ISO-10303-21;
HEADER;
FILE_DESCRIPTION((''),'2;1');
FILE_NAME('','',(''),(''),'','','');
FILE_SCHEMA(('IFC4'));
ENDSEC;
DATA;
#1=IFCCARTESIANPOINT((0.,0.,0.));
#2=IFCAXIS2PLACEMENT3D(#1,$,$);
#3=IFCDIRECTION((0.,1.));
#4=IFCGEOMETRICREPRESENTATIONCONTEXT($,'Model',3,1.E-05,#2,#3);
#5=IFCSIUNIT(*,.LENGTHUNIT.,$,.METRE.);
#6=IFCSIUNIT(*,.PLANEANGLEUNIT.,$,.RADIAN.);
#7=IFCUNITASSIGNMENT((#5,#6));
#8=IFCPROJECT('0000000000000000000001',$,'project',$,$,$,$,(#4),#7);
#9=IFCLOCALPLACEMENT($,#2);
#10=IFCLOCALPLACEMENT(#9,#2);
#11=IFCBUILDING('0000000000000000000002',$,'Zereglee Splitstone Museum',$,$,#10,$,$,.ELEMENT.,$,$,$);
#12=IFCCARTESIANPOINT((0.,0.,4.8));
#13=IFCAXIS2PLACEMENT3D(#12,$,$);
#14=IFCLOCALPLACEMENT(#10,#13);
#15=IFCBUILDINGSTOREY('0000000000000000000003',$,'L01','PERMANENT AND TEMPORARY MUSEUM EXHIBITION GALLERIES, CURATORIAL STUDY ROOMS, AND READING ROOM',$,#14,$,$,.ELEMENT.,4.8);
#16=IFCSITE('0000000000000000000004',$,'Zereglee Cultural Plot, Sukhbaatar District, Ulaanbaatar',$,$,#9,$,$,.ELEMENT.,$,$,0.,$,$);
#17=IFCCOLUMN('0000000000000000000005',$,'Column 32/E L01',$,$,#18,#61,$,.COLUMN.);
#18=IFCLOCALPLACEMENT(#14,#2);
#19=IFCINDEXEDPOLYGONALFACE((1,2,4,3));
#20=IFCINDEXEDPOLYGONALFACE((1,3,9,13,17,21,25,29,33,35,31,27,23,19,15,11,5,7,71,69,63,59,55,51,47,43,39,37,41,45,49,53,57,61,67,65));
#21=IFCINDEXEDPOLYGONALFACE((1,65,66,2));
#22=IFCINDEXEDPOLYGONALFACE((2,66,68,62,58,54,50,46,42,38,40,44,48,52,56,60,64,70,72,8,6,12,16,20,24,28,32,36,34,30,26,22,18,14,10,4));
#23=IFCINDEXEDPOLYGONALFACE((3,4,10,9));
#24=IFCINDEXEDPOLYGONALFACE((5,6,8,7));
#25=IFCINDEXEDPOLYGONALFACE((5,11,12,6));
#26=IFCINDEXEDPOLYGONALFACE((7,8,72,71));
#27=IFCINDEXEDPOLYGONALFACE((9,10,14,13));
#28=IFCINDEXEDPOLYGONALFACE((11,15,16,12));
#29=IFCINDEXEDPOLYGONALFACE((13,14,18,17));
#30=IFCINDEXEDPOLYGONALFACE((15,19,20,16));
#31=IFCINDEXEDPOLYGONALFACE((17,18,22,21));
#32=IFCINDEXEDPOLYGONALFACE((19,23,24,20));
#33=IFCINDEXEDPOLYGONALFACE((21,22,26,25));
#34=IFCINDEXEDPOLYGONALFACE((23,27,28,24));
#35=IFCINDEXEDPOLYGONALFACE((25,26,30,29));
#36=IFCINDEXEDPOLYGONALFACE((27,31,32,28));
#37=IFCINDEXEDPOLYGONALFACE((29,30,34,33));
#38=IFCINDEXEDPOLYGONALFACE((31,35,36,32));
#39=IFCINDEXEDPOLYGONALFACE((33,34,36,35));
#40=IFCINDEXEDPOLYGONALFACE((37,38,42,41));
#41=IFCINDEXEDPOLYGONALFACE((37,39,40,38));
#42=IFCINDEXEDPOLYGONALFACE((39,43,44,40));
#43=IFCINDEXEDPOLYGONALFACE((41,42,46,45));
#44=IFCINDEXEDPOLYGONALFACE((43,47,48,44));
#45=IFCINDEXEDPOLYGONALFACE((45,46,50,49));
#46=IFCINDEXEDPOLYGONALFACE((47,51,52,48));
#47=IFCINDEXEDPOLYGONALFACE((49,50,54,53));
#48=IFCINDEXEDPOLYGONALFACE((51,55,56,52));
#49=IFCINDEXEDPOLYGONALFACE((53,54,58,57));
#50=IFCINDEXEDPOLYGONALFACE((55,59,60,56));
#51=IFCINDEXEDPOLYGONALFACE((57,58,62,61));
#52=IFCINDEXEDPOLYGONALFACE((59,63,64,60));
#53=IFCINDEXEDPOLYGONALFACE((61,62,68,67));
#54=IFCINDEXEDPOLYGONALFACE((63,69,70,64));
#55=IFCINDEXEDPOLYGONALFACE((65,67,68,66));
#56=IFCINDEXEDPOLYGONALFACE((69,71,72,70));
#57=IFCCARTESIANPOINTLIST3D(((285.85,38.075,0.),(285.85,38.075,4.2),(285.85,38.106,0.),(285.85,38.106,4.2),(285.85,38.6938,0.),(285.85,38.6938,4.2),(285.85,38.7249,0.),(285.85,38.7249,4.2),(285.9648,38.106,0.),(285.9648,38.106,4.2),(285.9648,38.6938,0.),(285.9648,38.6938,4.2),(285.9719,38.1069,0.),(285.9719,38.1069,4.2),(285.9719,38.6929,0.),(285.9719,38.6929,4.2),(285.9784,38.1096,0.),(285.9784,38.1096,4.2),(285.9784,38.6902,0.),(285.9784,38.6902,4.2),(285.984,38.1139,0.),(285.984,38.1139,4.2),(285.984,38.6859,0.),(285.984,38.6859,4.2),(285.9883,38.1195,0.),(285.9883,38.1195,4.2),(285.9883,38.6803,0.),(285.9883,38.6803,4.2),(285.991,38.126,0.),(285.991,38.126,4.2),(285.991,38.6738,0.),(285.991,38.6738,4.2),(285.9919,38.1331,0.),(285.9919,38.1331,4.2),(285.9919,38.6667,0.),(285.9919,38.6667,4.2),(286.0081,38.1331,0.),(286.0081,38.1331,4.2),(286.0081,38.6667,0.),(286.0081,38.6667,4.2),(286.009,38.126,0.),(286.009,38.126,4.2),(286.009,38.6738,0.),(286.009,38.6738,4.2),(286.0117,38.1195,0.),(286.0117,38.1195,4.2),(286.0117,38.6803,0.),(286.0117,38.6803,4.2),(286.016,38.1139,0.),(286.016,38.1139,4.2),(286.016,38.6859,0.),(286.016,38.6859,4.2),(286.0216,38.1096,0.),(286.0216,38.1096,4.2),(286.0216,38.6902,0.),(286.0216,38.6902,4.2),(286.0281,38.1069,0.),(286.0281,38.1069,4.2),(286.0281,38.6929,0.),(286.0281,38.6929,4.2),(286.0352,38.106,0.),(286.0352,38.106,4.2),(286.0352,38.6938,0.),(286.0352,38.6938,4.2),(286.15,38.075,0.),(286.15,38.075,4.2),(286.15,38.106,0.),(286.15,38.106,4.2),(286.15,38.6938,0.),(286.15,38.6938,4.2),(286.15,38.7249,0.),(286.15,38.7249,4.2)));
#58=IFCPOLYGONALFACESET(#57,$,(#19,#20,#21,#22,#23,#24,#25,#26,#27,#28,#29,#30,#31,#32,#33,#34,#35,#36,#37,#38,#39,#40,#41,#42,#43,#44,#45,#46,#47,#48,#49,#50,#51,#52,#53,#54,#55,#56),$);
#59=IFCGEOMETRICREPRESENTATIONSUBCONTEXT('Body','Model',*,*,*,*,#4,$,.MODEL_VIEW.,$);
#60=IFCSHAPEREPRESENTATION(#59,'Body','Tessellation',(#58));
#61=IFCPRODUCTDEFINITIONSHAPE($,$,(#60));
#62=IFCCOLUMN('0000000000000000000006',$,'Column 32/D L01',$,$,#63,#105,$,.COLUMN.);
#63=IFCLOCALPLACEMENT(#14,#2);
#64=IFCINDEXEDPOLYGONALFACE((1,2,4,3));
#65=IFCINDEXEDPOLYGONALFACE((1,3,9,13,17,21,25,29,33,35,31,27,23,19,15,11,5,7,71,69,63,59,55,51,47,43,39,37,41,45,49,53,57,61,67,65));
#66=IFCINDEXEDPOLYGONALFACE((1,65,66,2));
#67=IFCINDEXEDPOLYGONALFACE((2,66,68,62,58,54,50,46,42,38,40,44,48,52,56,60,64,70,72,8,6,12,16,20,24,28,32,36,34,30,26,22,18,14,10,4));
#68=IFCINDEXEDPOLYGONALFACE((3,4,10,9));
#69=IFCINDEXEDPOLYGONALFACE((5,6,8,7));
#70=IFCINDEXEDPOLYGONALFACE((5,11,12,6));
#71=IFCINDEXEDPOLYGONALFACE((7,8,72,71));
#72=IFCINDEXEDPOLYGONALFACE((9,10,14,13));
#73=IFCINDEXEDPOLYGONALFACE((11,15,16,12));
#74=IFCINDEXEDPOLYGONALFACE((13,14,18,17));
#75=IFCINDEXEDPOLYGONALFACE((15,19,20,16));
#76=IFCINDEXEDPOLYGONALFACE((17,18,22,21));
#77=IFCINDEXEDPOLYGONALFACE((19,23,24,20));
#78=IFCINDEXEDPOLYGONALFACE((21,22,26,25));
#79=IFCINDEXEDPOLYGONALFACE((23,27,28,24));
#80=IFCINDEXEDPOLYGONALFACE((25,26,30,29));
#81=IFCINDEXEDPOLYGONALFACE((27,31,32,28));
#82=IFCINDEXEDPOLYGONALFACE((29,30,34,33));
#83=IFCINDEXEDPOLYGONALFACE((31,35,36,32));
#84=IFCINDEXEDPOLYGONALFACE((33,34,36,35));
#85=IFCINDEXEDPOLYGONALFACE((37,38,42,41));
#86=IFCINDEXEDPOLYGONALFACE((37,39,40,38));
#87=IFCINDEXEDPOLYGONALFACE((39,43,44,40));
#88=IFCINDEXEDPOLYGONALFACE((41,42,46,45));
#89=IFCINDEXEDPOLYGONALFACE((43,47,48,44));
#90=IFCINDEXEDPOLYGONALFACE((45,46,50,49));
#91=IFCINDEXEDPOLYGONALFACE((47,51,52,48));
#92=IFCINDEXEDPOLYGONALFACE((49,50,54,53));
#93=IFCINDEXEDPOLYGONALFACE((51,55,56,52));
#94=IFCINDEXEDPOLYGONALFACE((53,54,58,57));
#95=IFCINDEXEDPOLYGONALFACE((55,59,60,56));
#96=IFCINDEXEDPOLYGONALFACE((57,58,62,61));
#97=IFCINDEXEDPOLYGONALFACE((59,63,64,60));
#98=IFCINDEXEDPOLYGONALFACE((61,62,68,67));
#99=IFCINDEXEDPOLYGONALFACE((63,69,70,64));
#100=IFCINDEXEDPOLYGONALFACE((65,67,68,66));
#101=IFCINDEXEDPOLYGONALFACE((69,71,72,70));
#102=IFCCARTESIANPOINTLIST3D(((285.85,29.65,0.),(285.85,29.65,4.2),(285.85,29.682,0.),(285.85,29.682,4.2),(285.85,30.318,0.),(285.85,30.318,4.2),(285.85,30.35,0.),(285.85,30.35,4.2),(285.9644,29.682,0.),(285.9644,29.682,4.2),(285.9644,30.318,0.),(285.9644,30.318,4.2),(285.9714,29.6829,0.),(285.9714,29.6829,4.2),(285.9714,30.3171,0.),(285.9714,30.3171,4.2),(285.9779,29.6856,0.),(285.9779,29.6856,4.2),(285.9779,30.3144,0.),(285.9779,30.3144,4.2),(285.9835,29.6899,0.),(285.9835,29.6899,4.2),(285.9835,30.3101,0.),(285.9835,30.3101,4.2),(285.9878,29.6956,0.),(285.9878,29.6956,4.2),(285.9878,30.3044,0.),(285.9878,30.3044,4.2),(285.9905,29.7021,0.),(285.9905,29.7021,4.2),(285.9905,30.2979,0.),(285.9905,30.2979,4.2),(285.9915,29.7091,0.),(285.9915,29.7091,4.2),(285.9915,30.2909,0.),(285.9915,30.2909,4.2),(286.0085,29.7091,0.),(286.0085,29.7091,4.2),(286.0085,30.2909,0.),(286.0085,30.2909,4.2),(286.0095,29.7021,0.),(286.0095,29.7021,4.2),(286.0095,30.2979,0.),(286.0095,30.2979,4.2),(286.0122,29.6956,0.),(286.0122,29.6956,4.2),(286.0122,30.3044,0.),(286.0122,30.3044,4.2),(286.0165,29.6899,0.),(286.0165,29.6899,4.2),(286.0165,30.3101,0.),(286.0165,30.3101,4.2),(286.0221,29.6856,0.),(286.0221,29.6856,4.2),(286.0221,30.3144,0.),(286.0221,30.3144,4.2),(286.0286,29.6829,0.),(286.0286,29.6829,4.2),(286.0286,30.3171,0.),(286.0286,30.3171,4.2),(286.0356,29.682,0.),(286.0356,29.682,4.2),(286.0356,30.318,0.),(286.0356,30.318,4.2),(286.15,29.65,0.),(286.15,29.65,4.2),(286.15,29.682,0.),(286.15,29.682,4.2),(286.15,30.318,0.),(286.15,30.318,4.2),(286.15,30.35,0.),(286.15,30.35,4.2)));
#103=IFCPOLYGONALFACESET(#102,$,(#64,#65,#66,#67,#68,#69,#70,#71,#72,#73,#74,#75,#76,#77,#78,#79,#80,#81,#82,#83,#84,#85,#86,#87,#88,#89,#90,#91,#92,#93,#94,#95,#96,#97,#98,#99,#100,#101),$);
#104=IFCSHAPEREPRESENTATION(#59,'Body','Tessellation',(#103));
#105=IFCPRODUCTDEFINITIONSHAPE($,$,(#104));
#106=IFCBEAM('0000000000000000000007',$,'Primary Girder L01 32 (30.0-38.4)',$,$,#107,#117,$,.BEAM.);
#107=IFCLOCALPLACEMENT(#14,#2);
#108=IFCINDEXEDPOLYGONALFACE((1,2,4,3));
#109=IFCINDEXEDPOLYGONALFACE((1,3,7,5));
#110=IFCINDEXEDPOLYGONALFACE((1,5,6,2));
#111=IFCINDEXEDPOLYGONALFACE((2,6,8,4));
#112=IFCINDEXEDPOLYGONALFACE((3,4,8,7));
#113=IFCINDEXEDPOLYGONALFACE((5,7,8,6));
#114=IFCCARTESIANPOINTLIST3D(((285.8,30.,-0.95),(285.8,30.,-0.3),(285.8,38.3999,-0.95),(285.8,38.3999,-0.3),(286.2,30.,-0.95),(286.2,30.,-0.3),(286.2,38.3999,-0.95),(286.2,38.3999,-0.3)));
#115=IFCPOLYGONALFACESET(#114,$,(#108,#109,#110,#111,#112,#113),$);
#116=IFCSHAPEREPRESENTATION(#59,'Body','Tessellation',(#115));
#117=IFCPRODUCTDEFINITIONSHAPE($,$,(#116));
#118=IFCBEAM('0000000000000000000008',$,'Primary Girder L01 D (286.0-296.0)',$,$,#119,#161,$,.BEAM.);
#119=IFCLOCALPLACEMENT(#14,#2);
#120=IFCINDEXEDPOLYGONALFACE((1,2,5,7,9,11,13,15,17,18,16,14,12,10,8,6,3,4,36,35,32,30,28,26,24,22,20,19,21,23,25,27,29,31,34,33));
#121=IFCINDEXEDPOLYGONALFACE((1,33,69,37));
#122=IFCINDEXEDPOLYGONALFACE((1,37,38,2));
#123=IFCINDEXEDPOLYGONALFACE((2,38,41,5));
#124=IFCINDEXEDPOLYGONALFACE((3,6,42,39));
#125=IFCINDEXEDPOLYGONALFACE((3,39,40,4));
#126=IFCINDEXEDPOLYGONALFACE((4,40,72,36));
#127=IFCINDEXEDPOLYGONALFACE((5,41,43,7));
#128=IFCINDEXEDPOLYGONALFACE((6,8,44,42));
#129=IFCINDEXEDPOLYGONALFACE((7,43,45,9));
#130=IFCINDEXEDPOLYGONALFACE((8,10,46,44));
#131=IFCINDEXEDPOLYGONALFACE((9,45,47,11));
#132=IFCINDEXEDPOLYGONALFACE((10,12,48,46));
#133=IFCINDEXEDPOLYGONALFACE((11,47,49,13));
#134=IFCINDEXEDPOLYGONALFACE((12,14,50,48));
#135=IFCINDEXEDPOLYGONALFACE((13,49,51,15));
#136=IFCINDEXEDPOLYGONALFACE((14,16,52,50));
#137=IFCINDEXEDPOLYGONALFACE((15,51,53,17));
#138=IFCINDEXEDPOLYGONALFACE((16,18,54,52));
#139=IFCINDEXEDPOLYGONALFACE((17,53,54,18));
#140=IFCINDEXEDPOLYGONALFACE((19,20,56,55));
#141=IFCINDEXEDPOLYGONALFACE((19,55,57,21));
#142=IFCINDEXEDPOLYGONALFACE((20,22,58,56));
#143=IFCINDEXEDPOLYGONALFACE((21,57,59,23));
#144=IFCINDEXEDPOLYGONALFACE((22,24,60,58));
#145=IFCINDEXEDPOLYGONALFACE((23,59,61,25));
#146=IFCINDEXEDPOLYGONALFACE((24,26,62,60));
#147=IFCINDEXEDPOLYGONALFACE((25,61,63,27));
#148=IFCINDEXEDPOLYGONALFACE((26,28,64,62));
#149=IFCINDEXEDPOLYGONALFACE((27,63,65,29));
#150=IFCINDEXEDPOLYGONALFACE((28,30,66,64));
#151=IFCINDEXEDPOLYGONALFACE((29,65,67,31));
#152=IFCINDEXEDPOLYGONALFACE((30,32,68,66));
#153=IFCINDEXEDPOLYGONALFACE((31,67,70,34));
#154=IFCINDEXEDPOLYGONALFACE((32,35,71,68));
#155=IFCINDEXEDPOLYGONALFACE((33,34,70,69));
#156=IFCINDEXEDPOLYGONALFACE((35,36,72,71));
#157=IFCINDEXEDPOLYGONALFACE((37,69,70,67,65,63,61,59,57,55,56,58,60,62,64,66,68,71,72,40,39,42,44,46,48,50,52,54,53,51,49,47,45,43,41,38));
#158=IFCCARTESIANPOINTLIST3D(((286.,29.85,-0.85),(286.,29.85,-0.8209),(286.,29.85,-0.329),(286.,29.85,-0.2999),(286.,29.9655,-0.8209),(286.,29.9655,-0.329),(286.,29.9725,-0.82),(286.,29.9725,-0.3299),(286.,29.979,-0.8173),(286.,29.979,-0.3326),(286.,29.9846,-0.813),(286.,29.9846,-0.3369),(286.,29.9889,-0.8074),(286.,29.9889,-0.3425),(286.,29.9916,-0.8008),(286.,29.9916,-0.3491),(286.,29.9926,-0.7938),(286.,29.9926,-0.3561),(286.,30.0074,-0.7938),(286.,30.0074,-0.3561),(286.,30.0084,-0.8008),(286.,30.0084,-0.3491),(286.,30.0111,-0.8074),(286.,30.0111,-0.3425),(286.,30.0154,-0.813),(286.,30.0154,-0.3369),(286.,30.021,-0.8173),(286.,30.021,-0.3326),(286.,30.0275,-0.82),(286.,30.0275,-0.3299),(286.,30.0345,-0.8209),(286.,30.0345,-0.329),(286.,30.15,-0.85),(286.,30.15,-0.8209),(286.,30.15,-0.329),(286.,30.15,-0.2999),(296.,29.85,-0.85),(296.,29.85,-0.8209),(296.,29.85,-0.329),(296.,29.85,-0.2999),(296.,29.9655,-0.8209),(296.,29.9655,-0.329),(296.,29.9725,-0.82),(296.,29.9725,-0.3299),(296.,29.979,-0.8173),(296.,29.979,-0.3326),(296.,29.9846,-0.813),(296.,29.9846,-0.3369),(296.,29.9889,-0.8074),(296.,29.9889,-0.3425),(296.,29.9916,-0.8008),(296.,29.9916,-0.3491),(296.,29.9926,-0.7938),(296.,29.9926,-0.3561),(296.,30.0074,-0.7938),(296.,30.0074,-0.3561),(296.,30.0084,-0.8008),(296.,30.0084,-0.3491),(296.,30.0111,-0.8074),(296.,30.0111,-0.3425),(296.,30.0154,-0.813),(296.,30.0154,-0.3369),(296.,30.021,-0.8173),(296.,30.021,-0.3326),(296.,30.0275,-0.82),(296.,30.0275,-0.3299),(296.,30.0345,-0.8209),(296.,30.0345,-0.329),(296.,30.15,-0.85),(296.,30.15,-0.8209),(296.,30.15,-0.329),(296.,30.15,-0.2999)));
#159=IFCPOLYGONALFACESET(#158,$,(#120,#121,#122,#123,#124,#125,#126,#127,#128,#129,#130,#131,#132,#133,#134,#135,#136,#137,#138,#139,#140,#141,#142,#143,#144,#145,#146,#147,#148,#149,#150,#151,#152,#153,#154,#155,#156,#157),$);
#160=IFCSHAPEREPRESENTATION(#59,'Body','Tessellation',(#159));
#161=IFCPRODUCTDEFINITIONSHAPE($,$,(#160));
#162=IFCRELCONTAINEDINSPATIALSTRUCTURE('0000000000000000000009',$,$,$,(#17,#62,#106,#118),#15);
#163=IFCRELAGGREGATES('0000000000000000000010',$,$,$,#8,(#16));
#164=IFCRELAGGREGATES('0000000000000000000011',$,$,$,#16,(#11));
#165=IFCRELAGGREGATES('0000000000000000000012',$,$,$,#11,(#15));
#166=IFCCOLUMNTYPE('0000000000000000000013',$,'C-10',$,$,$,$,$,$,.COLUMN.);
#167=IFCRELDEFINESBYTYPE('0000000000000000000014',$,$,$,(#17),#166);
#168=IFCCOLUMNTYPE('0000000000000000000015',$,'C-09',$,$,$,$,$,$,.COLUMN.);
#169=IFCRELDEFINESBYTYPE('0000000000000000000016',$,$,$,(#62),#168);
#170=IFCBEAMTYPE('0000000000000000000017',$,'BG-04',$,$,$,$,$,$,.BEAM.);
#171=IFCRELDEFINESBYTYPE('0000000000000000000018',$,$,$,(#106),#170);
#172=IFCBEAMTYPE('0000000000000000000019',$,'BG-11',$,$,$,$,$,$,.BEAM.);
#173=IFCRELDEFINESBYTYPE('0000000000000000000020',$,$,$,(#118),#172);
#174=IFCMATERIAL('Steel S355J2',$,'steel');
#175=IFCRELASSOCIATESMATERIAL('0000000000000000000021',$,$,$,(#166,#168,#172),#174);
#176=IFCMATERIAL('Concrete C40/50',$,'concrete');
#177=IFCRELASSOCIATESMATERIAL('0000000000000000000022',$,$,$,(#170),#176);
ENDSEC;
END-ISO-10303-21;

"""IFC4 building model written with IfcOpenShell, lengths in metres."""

from ifc_helpers import new_model, si_unit, direction, frame, origin, origin_2d, place, context, subcontext, project, spatial, rectangle, i_section, extrude, material, material_profile, profile_set, type_object, element, save


model = new_model("IFC4")

# Units and contexts
model_context = context("Model", 3, precision=1e-05, world=origin(), true_north=direction((0.0, 1.0)))
body_context = subcontext(model_context, "Body", "Model", "MODEL_VIEW")
ifc_project = project(units=[si_unit("LENGTHUNIT", "METRE"), si_unit("PLANEANGLEUNIT", "RADIAN")], contexts=[model_context])

# Site, building, storey
site_placement = place(None, origin())
site = spatial("IfcSite", under=ifc_project, at=site_placement, Name="Zereglee Cultural Plot, Sukhbaatar District, Ulaanbaatar", CompositionType="ELEMENT", RefElevation=0.0)
building_placement = place(site_placement, origin())
building = spatial("IfcBuilding", under=site, at=building_placement, Name="Zereglee Splitstone Museum", CompositionType="ELEMENT")
storey_placement = place(building_placement, frame((0.0, 0.0, 4.8)))
storey = spatial("IfcBuildingStorey", under=building, at=storey_placement, Name="L01", Description="PERMANENT AND TEMPORARY MUSEUM EXHIBITION GALLERIES, CURATORIAL STUDY ROOMS, AND READING ROOM", CompositionType="ELEMENT", Elevation=4.8)

# Columns
ifc_material_1 = material(Name="Steel S355J2", Category="steel")
ifc_material_profile_1 = material_profile(ifc_material_1, i_section(OverallWidth=0.3, OverallDepth=0.6499, WebThickness=0.0161, FlangeThickness=0.031, FilletRadius=0.0271, at=origin_2d()), Name="HE 650 B")
ifc_profile_set_1 = profile_set([ifc_material_profile_1], Name="Steel S355J2")
column_type_1 = type_object("IfcColumnType", Name="C-10", PredefinedType="COLUMN", material=ifc_profile_set_1)
column_1_placement = place(storey_placement, frame((286.0, 38.3999, 0.0), z_axis=(0.0, 0.0, 1.0), x_axis=(1.0, 0.0, 0.0)))
element("IfcColumn", 1, at=column_1_placement, inside=storey, type_object=column_type_1, Name="Column 32/E L01", PredefinedType="COLUMN", context=body_context, shape_type="SweptSolid", body=[
    extrude(i_section(OverallWidth=0.3, OverallDepth=0.6499, WebThickness=0.0161, FlangeThickness=0.031, FilletRadius=0.0271, at=origin_2d()), origin(), (0.0, 0.0, 1.0), 4.2),
])
ifc_material_profile_2 = material_profile(ifc_material_1, i_section(OverallWidth=0.3, OverallDepth=0.7, WebThickness=0.0171, FlangeThickness=0.032, FilletRadius=0.0271, at=origin_2d()), Name="HE 700 B")
ifc_profile_set_2 = profile_set([ifc_material_profile_2], Name="Steel S355J2")
column_type_2 = type_object("IfcColumnType", Name="C-09", PredefinedType="COLUMN", material=ifc_profile_set_2)
column_2_placement = place(storey_placement, frame((286.0, 30.0, 0.0), z_axis=(0.0, 0.0, 1.0), x_axis=(1.0, 0.0, 0.0)))
element("IfcColumn", 2, at=column_2_placement, inside=storey, type_object=column_type_2, Name="Column 32/D L01", PredefinedType="COLUMN", context=body_context, shape_type="SweptSolid", body=[
    extrude(i_section(OverallWidth=0.3, OverallDepth=0.7, WebThickness=0.0171, FlangeThickness=0.032, FilletRadius=0.0271, at=origin_2d()), origin(), (0.0, 0.0, 1.0), 4.2),
])

# Beams
ifc_material_2 = material(Name="Concrete C40/50", Category="concrete")
ifc_material_profile_3 = material_profile(ifc_material_2, rectangle(XDim=0.3999, YDim=0.6499, at=origin_2d()), Name="RC 400x650")
ifc_profile_set_3 = profile_set([ifc_material_profile_3], Name="Concrete C40/50")
beam_type_1 = type_object("IfcBeamType", Name="BG-04", PredefinedType="BEAM", material=ifc_profile_set_3)
beam_1_placement = place(storey_placement, frame((286.0, 30.0, -0.625), z_axis=(0.0, 1.0, 0.0), x_axis=(-1.0, 0.0, 0.0)))
element("IfcBeam", 3, at=beam_1_placement, inside=storey, type_object=beam_type_1, Name="Primary Girder L01 32 (30.0-38.4)", PredefinedType="BEAM", context=body_context, shape_type="SweptSolid", body=[
    extrude(rectangle(XDim=0.3999, YDim=0.6499, at=origin_2d()), origin(), (0.0, 0.0, 1.0), 8.3999),
])
ifc_material_profile_4 = material_profile(ifc_material_1, i_section(OverallWidth=0.3, OverallDepth=0.55, WebThickness=0.0149, FlangeThickness=0.0291, FilletRadius=0.0271, at=origin_2d()), Name="HE 550 B")
ifc_profile_set_4 = profile_set([ifc_material_profile_4], Name="Steel S355J2")
beam_type_2 = type_object("IfcBeamType", Name="BG-11", PredefinedType="BEAM", material=ifc_profile_set_4)
beam_2_placement = place(storey_placement, frame((286.0, 30.0, -0.575), z_axis=(1.0, 0.0, 0.0), x_axis=(0.0, 1.0, 0.0)))
element("IfcBeam", 4, at=beam_2_placement, inside=storey, type_object=beam_type_2, Name="Primary Girder L01 D (286.0-296.0)", PredefinedType="BEAM", context=body_context, shape_type="SweptSolid", body=[
    extrude(i_section(OverallWidth=0.3, OverallDepth=0.55, WebThickness=0.0149, FlangeThickness=0.0291, FilletRadius=0.0271, at=origin_2d()), origin(), (0.0, 0.0, 1.0), 10.0),
])

save(model, "model.ifc")
